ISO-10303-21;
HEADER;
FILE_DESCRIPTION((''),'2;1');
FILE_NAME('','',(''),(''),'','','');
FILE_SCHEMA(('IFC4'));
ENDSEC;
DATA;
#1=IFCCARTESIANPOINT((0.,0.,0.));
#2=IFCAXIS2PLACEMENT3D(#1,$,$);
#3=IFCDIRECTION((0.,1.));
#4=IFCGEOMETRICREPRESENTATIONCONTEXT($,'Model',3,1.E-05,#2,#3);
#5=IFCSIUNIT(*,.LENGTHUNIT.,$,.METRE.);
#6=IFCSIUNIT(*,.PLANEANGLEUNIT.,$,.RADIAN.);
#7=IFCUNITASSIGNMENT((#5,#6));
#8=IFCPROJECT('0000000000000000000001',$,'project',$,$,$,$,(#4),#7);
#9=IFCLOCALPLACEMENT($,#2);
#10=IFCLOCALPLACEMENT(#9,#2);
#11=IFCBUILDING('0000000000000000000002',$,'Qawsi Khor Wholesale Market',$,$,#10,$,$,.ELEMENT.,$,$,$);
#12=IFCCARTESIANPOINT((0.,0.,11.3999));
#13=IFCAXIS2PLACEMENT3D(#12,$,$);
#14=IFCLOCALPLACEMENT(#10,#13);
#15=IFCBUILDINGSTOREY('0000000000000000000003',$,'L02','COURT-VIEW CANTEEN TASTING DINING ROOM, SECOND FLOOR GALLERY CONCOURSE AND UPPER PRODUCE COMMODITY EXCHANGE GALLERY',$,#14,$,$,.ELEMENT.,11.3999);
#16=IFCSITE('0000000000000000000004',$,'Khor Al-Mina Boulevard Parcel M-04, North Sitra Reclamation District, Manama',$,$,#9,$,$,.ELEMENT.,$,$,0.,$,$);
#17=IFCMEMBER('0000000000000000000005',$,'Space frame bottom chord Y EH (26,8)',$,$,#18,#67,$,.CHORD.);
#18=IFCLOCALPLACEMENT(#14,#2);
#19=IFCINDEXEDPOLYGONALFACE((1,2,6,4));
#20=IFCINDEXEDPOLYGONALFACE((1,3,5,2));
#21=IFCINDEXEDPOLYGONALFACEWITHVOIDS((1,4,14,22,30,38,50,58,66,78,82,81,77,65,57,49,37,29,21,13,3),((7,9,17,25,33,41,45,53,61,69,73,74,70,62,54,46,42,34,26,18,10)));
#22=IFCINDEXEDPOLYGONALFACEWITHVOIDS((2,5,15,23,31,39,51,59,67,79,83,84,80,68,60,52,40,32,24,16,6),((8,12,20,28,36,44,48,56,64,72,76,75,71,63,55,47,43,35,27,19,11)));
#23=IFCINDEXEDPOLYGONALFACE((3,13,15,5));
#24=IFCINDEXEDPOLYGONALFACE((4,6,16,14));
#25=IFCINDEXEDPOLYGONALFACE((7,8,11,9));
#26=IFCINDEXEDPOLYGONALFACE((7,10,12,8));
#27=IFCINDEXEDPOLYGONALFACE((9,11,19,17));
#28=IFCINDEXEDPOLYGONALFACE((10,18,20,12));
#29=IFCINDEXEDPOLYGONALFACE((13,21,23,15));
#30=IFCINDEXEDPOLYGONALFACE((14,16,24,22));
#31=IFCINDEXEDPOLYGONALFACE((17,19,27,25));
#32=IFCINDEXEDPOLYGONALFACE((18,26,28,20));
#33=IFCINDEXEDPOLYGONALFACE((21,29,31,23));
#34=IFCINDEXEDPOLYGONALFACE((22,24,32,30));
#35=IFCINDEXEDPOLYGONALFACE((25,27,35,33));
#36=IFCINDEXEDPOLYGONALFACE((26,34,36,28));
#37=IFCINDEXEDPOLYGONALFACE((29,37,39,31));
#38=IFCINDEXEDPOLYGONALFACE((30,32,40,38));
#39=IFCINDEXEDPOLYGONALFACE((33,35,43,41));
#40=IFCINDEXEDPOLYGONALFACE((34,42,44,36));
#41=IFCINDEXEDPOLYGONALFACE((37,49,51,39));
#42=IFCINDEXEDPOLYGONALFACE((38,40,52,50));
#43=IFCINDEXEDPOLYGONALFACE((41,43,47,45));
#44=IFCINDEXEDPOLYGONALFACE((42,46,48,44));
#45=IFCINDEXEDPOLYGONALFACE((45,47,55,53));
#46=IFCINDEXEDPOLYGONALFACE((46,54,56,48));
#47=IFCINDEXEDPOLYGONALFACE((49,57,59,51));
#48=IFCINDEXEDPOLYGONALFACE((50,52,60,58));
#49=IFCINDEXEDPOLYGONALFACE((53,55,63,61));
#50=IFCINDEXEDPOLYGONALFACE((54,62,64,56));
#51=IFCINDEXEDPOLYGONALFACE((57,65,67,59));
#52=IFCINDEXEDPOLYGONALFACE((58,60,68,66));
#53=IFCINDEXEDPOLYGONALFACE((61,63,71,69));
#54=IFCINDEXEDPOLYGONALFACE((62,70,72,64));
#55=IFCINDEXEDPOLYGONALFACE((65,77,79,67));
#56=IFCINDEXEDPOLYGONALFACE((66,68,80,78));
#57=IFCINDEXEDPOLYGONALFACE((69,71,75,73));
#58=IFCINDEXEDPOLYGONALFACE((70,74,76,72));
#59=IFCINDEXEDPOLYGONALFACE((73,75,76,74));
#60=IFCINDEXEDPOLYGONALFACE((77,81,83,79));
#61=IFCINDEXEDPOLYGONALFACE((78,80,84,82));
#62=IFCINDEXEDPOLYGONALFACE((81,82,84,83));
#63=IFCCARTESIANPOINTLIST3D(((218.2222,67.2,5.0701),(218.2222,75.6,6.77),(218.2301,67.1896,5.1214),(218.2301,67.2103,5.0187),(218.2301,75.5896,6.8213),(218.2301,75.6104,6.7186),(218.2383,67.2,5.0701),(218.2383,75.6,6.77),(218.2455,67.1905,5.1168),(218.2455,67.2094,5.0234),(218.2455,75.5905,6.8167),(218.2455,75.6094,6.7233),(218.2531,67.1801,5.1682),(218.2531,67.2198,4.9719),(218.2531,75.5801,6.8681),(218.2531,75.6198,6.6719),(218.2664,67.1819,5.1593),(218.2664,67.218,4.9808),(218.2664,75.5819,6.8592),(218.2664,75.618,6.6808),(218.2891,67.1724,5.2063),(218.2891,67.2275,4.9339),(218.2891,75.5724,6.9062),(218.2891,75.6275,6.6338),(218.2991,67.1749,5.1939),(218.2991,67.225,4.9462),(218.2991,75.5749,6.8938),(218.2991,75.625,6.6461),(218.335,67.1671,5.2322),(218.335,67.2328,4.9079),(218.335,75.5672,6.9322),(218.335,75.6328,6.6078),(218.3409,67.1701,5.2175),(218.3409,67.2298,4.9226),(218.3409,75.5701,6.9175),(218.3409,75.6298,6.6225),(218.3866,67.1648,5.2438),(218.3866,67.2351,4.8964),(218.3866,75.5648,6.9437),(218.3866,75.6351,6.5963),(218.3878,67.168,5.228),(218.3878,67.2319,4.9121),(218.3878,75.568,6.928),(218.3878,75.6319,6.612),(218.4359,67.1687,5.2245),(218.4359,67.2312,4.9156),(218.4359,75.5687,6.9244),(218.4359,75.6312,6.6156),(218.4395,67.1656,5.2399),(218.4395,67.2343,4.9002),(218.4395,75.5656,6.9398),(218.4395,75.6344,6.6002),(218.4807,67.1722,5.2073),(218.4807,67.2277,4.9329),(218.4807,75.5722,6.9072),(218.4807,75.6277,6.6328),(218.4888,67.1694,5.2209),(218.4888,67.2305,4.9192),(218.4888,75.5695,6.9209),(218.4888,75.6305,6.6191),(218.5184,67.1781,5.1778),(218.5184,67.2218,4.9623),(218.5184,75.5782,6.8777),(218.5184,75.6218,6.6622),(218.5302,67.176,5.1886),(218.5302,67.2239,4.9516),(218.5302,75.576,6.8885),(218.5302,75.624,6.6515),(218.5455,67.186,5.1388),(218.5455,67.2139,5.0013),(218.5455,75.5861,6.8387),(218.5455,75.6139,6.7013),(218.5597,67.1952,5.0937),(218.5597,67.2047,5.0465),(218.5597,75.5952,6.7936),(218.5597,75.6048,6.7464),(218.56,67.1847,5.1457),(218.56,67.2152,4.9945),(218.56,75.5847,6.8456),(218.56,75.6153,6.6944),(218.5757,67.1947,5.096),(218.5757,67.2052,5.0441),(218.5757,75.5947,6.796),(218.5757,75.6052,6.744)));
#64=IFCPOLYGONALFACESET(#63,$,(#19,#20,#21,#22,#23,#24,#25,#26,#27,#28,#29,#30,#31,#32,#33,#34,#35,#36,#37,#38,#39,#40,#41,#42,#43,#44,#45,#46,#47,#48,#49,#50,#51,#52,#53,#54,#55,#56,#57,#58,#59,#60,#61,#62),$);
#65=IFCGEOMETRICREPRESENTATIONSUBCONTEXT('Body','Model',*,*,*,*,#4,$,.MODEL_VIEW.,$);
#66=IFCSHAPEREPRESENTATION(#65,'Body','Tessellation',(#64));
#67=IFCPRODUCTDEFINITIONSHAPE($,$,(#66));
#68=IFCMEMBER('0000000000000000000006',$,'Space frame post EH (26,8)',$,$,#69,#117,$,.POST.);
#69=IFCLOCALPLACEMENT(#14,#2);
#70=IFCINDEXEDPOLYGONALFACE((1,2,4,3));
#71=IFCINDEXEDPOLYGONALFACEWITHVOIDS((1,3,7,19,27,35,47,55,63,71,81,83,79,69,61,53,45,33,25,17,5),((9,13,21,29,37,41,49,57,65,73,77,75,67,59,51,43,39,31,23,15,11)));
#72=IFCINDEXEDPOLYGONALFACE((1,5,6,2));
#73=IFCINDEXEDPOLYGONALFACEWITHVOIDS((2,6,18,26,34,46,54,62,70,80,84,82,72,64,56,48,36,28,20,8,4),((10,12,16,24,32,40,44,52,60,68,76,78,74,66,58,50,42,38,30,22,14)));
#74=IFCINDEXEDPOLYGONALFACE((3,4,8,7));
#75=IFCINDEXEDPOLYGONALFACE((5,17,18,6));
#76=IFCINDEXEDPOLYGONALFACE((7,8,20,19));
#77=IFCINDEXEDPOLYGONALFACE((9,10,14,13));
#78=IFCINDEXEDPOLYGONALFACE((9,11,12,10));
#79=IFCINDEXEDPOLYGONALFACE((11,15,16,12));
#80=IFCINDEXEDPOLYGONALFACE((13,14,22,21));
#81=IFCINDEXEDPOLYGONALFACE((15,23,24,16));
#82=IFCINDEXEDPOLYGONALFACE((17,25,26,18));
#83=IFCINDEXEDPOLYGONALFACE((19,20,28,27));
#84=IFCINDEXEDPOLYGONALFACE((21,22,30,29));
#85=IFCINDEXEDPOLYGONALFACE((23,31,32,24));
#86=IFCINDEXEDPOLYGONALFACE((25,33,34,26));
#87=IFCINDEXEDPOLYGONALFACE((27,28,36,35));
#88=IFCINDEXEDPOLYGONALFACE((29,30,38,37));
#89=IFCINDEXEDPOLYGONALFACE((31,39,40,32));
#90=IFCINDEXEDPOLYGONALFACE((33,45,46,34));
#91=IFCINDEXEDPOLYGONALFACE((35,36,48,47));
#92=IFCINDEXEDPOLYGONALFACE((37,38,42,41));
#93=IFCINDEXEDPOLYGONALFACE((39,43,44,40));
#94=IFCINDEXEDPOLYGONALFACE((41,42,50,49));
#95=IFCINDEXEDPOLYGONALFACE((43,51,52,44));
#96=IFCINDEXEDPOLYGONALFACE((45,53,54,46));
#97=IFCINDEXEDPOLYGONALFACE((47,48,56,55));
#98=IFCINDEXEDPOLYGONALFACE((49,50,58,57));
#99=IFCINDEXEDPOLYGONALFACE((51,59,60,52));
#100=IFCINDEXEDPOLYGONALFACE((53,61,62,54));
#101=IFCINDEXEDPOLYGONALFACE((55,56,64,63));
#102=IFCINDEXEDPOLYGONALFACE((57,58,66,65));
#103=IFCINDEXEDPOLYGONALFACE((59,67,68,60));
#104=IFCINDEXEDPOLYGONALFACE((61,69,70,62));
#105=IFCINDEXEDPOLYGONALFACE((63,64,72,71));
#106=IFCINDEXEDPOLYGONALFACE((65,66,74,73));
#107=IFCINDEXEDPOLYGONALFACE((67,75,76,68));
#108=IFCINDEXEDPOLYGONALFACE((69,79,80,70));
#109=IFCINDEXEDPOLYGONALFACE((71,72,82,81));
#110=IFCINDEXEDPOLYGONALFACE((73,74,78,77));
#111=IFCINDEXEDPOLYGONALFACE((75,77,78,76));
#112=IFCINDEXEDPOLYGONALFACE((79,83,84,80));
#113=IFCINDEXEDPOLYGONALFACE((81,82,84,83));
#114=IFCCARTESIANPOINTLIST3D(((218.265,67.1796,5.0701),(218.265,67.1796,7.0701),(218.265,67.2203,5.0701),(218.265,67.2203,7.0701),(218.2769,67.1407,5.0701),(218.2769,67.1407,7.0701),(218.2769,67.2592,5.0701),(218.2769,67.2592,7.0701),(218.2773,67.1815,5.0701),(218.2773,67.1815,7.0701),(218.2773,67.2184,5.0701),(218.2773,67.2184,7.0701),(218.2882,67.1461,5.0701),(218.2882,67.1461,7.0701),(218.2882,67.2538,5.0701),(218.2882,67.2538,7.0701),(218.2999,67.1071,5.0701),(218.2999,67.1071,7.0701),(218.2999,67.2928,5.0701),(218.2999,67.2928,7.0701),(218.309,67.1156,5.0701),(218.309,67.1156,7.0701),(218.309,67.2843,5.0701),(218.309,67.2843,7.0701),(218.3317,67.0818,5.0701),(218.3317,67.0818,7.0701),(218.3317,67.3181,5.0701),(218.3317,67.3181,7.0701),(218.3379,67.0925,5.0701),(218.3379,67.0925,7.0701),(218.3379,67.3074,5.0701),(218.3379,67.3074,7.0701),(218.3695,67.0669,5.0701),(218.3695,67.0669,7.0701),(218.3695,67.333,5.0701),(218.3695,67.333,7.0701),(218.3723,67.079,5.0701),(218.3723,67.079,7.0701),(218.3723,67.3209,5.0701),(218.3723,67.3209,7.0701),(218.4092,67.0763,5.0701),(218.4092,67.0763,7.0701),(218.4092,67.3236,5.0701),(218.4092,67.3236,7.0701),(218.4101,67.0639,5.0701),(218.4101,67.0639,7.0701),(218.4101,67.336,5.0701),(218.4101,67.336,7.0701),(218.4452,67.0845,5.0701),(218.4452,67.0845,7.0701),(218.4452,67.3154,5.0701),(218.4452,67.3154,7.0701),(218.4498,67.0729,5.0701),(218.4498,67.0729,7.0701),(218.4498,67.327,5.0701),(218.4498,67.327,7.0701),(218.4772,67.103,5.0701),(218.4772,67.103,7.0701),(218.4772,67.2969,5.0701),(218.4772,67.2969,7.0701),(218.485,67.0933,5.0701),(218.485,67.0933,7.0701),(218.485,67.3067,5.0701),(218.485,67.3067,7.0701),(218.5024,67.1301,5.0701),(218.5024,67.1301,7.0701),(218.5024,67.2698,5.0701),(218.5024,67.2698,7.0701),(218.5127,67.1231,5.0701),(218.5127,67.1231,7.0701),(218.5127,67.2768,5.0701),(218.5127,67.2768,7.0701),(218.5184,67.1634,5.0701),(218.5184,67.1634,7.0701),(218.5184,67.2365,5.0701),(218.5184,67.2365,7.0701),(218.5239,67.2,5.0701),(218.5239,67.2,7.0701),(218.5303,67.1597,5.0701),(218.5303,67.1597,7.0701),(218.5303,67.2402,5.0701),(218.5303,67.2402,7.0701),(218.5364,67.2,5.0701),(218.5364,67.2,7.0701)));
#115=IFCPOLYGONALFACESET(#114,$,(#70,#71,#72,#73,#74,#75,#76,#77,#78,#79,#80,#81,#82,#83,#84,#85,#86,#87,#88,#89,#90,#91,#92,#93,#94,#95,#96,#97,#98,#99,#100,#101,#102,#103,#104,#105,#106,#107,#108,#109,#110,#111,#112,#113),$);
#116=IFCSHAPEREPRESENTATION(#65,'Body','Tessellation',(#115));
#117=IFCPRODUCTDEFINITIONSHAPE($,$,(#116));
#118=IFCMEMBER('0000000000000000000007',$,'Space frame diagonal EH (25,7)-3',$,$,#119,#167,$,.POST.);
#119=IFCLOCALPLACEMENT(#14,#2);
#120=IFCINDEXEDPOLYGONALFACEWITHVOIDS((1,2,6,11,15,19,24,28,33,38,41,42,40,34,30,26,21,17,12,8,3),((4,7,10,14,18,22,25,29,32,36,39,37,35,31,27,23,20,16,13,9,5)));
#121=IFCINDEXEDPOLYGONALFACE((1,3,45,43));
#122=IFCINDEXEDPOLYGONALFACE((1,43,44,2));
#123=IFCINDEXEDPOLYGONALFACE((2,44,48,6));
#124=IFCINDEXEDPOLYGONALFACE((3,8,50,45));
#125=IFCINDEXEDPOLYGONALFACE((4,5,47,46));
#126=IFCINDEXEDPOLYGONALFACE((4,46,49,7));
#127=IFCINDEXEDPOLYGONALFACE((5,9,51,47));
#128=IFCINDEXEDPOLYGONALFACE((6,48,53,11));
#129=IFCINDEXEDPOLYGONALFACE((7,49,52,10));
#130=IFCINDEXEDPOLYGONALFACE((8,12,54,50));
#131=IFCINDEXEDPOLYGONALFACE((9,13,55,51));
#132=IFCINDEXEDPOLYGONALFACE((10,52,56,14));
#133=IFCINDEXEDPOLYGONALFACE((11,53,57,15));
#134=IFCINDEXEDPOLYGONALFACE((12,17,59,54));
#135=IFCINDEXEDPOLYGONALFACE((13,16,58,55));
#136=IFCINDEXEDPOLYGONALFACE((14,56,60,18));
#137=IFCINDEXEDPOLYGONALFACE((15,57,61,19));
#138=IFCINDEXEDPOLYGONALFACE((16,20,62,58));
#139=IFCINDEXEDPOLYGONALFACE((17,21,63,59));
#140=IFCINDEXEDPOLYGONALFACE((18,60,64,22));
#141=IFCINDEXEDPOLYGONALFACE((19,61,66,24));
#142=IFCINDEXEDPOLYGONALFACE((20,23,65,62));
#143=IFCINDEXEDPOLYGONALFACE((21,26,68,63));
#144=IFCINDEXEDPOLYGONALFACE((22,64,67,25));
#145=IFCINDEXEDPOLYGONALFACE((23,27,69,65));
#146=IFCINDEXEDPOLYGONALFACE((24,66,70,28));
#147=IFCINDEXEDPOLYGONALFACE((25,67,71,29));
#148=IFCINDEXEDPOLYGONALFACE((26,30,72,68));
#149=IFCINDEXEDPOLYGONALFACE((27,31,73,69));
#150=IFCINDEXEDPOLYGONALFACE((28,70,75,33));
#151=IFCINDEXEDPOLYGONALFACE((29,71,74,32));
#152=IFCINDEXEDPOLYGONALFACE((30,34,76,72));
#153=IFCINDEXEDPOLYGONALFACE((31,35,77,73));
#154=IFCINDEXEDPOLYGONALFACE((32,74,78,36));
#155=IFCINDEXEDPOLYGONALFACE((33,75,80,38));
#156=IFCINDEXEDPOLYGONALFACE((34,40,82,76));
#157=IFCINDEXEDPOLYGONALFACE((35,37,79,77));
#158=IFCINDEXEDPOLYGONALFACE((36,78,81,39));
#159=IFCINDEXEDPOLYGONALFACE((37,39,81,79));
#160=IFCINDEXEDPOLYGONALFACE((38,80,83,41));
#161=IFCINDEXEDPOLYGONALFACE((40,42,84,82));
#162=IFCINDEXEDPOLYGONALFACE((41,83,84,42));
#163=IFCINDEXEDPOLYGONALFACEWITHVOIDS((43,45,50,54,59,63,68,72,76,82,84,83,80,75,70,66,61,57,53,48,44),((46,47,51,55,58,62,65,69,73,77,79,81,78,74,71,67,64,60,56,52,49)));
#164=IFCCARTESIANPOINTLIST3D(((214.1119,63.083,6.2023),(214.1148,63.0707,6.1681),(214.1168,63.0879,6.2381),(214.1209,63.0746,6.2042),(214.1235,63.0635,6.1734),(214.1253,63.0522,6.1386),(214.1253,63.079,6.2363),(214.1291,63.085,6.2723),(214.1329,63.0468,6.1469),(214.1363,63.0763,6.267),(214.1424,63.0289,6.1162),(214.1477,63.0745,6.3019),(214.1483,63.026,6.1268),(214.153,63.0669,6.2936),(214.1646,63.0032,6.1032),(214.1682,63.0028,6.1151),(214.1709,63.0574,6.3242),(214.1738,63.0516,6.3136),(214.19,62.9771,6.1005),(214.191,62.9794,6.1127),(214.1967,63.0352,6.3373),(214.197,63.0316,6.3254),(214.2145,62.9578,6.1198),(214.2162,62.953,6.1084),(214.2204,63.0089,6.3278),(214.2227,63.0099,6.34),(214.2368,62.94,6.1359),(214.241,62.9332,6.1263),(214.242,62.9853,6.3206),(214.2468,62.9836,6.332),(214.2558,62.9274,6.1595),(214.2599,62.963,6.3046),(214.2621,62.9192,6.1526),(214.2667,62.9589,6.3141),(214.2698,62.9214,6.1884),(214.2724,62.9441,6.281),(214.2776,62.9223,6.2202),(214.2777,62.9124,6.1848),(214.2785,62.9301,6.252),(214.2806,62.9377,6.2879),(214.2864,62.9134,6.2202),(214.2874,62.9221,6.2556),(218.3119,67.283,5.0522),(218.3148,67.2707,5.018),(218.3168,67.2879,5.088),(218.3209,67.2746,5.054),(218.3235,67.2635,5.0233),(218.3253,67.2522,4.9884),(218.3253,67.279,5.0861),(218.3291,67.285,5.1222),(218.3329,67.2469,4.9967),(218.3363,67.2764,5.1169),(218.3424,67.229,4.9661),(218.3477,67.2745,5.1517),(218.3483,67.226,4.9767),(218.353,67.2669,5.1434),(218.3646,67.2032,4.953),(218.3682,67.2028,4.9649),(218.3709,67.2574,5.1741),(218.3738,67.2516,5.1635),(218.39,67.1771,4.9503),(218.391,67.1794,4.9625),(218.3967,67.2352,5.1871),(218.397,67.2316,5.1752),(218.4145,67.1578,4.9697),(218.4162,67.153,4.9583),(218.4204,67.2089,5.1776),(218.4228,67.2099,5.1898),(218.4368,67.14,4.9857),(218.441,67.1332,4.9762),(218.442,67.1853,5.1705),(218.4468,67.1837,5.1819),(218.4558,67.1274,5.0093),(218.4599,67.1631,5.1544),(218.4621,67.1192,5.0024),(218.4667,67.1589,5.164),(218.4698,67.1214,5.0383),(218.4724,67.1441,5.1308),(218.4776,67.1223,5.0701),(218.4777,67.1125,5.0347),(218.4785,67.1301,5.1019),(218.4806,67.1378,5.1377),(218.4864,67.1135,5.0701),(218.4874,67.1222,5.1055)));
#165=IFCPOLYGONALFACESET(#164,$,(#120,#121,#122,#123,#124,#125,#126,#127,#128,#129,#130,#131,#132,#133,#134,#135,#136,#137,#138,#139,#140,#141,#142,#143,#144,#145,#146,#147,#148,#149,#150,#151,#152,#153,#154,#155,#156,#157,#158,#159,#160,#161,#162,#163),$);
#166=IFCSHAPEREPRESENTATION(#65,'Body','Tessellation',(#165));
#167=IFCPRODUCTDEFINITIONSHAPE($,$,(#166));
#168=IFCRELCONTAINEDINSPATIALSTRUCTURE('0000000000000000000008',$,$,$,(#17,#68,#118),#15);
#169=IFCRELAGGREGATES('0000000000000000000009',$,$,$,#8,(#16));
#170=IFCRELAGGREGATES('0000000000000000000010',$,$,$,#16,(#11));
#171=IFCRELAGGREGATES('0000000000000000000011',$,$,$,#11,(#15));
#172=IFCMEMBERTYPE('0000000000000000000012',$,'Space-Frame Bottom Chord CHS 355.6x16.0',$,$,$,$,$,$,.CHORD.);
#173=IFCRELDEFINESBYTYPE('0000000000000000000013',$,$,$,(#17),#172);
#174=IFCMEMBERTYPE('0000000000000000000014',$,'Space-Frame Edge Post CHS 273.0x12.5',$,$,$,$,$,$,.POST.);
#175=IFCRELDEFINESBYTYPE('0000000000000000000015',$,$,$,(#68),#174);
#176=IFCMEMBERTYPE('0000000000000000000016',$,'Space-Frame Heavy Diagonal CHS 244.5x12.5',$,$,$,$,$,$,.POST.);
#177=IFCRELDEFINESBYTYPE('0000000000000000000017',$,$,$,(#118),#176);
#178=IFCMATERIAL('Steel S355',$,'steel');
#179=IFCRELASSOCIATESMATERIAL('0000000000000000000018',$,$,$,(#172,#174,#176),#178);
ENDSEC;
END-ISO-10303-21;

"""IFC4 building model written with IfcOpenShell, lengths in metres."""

from ifc_helpers import new_model, si_unit, direction, frame, origin, origin_2d, place, context, subcontext, project, spatial, hollow_circle, extrude, material, material_profile, profile_set, type_object, element, save


model = new_model("IFC4")

# Units and contexts
model_context = context("Model", 3, precision=1e-05, world=origin(), true_north=direction((0.0, 1.0)))
body_context = subcontext(model_context, "Body", "Model", "MODEL_VIEW")
ifc_project = project(units=[si_unit("LENGTHUNIT", "METRE"), si_unit("PLANEANGLEUNIT", "RADIAN")], contexts=[model_context])

# Site, building, storey
site_placement = place(None, origin())
site = spatial("IfcSite", under=ifc_project, at=site_placement, Name="Khor Al-Mina Boulevard Parcel M-04, North Sitra Reclamation District, Manama", CompositionType="ELEMENT", RefElevation=0.0)
building_placement = place(site_placement, origin())
building = spatial("IfcBuilding", under=site, at=building_placement, Name="Qawsi Khor Wholesale Market", CompositionType="ELEMENT")
storey_placement = place(building_placement, frame((0.0, 0.0, 11.3999)))
storey = spatial("IfcBuildingStorey", under=building, at=storey_placement, Name="L02", Description="COURT-VIEW CANTEEN TASTING DINING ROOM, SECOND FLOOR GALLERY CONCOURSE AND UPPER PRODUCE COMMODITY EXCHANGE GALLERY", CompositionType="ELEMENT", Elevation=11.3999)

# Members
ifc_material_1 = material(Name="Steel S355", Category="steel")
ifc_material_profile_1 = material_profile(ifc_material_1, hollow_circle(Radius=0.1777, WallThickness=0.0161, at=origin_2d()), Name="CHS 355.6x16.0")
ifc_profile_set_1 = profile_set([ifc_material_profile_1], Name="Steel S355")
member_type_1 = type_object("IfcMemberType", Name="Space-Frame Bottom Chord CHS 355.6x16.0", PredefinedType="CHORD", material=ifc_profile_set_1)
member_1_placement = place(storey_placement, frame((218.3999, 67.2, 5.0701), z_axis=(0.0, 0.980131, 0.198351), x_axis=(-1.0, 0.0, 0.0)))
element("IfcMember", 1, at=member_1_placement, inside=storey, type_object=member_type_1, Name="Space frame bottom chord Y EH (26,8)", PredefinedType="CHORD", context=body_context, shape_type="SweptSolid", body=[
    extrude(hollow_circle(Radius=0.1777, WallThickness=0.0161, at=origin_2d()), origin(), (0.0, 0.0, 1.0), 8.5703),
])
ifc_material_profile_2 = material_profile(ifc_material_1, hollow_circle(Radius=0.1365, WallThickness=0.0125, at=origin_2d()), Name="CHS 273.0x12.5")
ifc_profile_set_2 = profile_set([ifc_material_profile_2], Name="Steel S355")
member_type_2 = type_object("IfcMemberType", Name="Space-Frame Edge Post CHS 273.0x12.5", PredefinedType="POST", material=ifc_profile_set_2)
member_2_placement = place(storey_placement, frame((218.3999, 67.2, 5.0701), z_axis=(0.0, 0.0, 1.0), x_axis=(1.0, 0.0, 0.0)))
element("IfcMember", 2, at=member_2_placement, inside=storey, type_object=member_type_2, Name="Space frame post EH (26,8)", PredefinedType="POST", context=body_context, shape_type="SweptSolid", body=[
    extrude(hollow_circle(Radius=0.1365, WallThickness=0.0125, at=origin_2d()), origin(), (0.0, 0.0, 1.0), 2.0),
])
ifc_material_profile_3 = material_profile(ifc_material_1, hollow_circle(Radius=0.1223, WallThickness=0.0125, at=origin_2d()), Name="CHS 244.5x12.5")
ifc_profile_set_3 = profile_set([ifc_material_profile_3], Name="Steel S355")
member_type_3 = type_object("IfcMemberType", Name="Space-Frame Heavy Diagonal CHS 244.5x12.5", PredefinedType="POST", material=ifc_profile_set_3)
member_3_placement = place(storey_placement, frame((218.3999, 67.2, 5.0701), z_axis=(-0.694211, -0.694211, 0.190108), x_axis=(0.707107, -0.707107, 0.0)))
element("IfcMember", 3, at=member_3_placement, inside=storey, type_object=member_type_3, Name="Space frame diagonal EH (25,7)-3", PredefinedType="POST", context=body_context, shape_type="SweptSolid", body=[
    extrude(hollow_circle(Radius=0.1223, WallThickness=0.0125, at=origin_2d()), origin(), (0.0, 0.0, 1.0), 6.05),
])

save(model, "model.ifc")
